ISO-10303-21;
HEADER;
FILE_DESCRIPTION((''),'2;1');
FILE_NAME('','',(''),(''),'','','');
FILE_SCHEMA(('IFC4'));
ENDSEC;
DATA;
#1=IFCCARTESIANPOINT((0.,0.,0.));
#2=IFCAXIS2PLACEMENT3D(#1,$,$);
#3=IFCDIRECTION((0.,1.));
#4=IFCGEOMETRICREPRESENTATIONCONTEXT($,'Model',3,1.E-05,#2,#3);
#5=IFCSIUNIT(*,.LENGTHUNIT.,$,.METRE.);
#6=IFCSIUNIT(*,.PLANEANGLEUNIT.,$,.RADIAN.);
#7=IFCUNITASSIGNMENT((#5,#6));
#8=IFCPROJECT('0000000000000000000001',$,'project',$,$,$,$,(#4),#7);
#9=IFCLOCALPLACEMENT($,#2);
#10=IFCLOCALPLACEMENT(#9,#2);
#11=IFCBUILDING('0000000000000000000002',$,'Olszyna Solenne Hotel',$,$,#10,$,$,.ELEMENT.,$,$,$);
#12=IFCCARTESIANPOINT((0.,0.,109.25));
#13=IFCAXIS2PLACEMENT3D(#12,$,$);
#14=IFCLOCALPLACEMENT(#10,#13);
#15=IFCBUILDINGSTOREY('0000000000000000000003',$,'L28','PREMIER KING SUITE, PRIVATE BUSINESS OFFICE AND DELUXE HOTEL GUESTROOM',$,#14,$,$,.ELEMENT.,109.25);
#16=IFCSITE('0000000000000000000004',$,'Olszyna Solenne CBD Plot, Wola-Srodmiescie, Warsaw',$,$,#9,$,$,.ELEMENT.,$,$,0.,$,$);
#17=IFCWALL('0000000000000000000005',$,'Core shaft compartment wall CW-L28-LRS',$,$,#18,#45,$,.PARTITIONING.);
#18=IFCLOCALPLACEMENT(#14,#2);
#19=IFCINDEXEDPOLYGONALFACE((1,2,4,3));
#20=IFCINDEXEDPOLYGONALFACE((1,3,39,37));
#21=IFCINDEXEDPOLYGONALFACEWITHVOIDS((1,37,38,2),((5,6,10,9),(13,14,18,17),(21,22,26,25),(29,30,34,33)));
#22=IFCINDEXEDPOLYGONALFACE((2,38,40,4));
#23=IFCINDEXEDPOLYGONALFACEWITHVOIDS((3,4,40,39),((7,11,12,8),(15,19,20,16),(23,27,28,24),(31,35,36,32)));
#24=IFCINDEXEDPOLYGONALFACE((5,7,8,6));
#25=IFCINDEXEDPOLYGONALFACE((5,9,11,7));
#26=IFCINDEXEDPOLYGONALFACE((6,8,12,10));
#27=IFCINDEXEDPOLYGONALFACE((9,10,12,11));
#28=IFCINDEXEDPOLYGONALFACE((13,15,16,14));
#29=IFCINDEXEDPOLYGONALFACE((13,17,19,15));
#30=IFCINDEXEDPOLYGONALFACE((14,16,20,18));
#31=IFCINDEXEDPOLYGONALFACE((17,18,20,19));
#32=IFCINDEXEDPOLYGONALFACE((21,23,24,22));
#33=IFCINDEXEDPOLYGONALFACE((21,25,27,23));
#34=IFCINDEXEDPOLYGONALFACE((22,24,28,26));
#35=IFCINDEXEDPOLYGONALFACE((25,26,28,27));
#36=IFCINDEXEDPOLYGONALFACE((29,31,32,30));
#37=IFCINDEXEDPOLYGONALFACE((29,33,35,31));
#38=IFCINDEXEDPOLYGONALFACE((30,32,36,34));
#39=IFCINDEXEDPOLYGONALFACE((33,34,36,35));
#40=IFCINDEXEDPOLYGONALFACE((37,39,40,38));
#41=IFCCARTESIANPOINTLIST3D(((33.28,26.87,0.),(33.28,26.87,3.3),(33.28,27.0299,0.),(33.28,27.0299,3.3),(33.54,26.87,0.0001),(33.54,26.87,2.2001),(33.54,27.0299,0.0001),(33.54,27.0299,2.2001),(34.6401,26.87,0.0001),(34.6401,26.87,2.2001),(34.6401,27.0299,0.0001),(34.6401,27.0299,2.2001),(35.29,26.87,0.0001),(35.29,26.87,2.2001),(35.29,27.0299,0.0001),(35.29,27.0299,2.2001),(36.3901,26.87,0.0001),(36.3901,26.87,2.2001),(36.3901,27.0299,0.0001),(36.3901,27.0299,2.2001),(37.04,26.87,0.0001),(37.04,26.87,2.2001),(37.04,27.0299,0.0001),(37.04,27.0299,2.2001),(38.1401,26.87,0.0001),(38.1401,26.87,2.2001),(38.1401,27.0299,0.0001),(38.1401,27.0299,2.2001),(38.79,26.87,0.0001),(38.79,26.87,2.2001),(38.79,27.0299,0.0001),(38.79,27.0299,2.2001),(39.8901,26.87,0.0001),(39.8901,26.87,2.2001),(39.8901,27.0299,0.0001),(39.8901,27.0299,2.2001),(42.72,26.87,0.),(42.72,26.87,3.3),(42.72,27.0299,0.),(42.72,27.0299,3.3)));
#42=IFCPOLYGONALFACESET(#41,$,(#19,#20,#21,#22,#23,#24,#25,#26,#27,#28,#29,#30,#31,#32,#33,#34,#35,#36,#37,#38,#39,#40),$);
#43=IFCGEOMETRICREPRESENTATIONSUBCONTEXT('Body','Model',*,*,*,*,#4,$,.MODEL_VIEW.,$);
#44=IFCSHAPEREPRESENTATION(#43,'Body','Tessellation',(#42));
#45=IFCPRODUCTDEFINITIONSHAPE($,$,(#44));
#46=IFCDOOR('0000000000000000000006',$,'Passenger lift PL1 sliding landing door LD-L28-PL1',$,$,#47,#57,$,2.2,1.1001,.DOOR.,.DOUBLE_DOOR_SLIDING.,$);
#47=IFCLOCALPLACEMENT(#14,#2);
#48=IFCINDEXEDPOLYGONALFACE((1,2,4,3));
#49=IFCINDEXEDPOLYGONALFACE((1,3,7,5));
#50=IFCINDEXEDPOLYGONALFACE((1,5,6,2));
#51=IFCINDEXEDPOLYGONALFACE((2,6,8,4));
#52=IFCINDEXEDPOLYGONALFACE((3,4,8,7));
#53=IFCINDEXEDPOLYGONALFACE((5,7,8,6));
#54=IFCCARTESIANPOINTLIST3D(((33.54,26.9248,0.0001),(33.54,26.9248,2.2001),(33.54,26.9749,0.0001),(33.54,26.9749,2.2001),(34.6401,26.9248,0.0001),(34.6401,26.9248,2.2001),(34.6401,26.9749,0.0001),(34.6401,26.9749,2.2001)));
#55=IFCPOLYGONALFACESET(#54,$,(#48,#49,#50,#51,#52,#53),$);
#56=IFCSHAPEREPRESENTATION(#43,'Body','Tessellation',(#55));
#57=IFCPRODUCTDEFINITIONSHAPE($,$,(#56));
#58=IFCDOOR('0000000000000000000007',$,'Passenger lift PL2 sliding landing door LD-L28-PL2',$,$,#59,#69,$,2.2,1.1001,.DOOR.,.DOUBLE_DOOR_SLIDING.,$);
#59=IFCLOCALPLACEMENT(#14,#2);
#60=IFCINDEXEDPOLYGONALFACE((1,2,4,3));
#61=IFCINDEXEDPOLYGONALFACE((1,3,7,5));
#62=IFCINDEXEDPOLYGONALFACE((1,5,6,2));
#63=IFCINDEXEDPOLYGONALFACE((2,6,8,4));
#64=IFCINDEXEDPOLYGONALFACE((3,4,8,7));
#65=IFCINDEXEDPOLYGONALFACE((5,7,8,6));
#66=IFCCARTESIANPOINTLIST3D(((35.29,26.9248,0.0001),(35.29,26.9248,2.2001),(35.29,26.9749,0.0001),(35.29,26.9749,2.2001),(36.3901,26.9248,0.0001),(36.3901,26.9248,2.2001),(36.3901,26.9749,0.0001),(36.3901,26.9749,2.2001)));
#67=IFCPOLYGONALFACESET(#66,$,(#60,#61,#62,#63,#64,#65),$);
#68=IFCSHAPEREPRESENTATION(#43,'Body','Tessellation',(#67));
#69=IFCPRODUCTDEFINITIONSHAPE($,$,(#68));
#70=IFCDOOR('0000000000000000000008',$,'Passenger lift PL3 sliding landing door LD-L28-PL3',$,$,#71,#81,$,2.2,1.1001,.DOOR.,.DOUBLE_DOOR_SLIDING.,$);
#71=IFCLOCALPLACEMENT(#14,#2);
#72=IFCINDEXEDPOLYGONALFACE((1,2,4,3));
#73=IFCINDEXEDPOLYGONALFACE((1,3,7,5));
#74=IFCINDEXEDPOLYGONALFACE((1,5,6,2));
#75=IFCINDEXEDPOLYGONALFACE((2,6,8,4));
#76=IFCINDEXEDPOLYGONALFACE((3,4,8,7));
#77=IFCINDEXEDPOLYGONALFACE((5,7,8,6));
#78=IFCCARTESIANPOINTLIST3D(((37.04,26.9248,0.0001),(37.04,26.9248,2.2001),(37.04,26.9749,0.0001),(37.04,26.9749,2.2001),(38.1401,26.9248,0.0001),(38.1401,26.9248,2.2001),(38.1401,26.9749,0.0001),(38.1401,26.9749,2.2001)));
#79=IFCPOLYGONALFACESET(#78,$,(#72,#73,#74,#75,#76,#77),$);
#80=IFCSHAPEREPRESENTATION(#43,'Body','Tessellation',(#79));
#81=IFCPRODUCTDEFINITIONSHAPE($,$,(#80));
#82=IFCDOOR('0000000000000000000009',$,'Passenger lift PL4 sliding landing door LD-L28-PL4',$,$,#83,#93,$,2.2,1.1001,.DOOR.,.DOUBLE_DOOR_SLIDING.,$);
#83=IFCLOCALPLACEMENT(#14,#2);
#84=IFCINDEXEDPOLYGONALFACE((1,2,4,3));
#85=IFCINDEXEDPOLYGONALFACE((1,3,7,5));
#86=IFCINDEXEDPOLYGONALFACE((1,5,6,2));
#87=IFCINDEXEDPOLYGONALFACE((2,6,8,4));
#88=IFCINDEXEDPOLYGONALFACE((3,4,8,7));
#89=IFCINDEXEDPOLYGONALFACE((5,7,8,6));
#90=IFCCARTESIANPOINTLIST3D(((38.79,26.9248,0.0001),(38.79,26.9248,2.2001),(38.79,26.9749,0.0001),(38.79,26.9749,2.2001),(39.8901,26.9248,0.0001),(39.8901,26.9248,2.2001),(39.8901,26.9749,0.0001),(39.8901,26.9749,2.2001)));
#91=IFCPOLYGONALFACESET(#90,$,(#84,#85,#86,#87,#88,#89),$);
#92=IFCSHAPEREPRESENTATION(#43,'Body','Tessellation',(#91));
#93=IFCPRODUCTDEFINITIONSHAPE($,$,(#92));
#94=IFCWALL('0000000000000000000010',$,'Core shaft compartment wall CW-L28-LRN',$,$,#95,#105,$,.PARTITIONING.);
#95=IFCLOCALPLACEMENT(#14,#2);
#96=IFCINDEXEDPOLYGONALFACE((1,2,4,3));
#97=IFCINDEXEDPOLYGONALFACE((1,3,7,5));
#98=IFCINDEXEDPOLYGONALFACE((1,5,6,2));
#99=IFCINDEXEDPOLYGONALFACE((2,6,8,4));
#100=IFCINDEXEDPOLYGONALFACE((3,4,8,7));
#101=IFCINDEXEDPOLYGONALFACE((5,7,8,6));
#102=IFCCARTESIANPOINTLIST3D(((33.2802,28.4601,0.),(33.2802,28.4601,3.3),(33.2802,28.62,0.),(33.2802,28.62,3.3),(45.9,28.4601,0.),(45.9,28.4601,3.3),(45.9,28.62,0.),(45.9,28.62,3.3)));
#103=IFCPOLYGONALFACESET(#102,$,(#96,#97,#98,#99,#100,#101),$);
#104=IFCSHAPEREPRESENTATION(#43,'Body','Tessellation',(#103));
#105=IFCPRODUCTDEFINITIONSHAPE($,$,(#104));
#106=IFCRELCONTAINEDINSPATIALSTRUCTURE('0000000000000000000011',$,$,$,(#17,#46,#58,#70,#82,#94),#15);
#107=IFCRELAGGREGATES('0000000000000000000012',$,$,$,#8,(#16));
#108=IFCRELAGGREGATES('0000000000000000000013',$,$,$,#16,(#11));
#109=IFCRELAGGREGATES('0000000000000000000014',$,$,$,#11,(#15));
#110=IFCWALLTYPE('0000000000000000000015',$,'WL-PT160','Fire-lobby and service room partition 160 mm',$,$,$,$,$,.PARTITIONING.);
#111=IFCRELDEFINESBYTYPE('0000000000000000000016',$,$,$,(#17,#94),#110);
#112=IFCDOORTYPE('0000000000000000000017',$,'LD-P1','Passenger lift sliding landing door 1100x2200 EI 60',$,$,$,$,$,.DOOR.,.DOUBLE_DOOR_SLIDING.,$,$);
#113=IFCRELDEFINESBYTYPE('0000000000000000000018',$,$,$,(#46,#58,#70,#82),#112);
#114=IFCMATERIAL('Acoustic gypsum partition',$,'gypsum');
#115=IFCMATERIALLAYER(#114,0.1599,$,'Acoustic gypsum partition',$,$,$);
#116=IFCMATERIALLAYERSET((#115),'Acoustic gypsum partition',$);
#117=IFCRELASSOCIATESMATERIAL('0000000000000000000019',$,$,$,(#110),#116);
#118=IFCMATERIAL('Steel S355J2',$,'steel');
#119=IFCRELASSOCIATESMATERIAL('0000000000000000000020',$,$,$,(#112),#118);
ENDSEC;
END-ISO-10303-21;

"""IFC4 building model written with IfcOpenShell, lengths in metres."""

from ifc_helpers import new_model, si_unit, direction, frame, frame_2d, origin, place, context, subcontext, project, spatial, rectangle, extrude, source, transform, mapped, material, layer, layer_set, type_object, type_shapes, element, fill, save


model = new_model("IFC4")

# Units and contexts
model_context = context("Model", 3, precision=1e-05, world=origin(), true_north=direction((0.0, 1.0)))
body_context = subcontext(model_context, "Body", "Model", "MODEL_VIEW")
ifc_project = project(units=[si_unit("LENGTHUNIT", "METRE"), si_unit("PLANEANGLEUNIT", "RADIAN")], contexts=[model_context])

# Site, building, storey
site_placement = place(None, origin())
site = spatial("IfcSite", under=ifc_project, at=site_placement, Name="Olszyna Solenne CBD Plot, Wola-Srodmiescie, Warsaw", CompositionType="ELEMENT", RefElevation=0.0)
building_placement = place(site_placement, origin())
building = spatial("IfcBuilding", under=site, at=building_placement, Name="Olszyna Solenne Hotel", CompositionType="ELEMENT")
storey_placement = place(building_placement, frame((0.0, 0.0, 109.25)))
storey = spatial("IfcBuildingStorey", under=building, at=storey_placement, Name="L28", Description="PREMIER KING SUITE, PRIVATE BUSINESS OFFICE AND DELUXE HOTEL GUESTROOM", CompositionType="ELEMENT", Elevation=109.25)

# Shared definitions
ifc_material_1 = material(Name="Steel S355J2", Category="steel")

# Shared definitions
ifc_material_2 = material(Name="Acoustic gypsum partition", Category="gypsum")

# Shared definitions
ifc_layer_1 = layer(ifc_material_2, 0.1599, Name="Acoustic gypsum partition")
ifc_layer_set_1 = layer_set([ifc_layer_1], Name="Acoustic gypsum partition")
wall_type_1 = type_object("IfcWallType", Name="WL-PT160", Description="Fire-lobby and service room partition 160 mm", PredefinedType="PARTITIONING", material=ifc_layer_set_1)

# Wall, openings, doors
wall_1_placement = place(storey_placement, frame((33.28, 26.95, 0.0), z_axis=(0.0, 0.0, 1.0), x_axis=(1.0, 0.0, 0.0)))
wall_1 = element("IfcWall", 1, at=wall_1_placement, inside=storey, type_object=wall_type_1, Name="Core shaft compartment wall CW-L28-LRS", PredefinedType="PARTITIONING", context=body_context, shape_type="SweptSolid", body=[
    extrude(rectangle(XDim=9.4399, YDim=0.1599, at=frame_2d((4.72, 0.0))), origin(), (0.0, 0.0, 1.0), 3.3),
])
opening_1_placement = place(wall_1_placement, frame((0.26, 0.0, 0.0)))
opening_1 = element("IfcOpeningElement", 2, at=opening_1_placement, cuts=wall_1, PredefinedType="OPENING", context=body_context, shape_type="SweptSolid", body=[
    extrude(rectangle(XDim=1.1001, YDim=2.2, at=frame_2d((0.55, 1.1001))), frame((0.0, 0.0898, 0.0), z_axis=(0.0, -1.0, 0.0), x_axis=(1.0, 0.0, 0.0)), (0.0, 0.0, 1.0), 0.1799),
])
opening_2_placement = place(wall_1_placement, frame((2.01, 0.0, 0.0)))
opening_2 = element("IfcOpeningElement", 3, at=opening_2_placement, cuts=wall_1, PredefinedType="OPENING", context=body_context, shape_type="SweptSolid", body=[
    extrude(rectangle(XDim=1.1001, YDim=2.2, at=frame_2d((0.55, 1.1001))), frame((0.0, 0.0898, 0.0), z_axis=(0.0, -1.0, 0.0), x_axis=(1.0, 0.0, 0.0)), (0.0, 0.0, 1.0), 0.1799),
])
opening_3_placement = place(wall_1_placement, frame((3.76, 0.0, 0.0)))
opening_3 = element("IfcOpeningElement", 4, at=opening_3_placement, cuts=wall_1, PredefinedType="OPENING", context=body_context, shape_type="SweptSolid", body=[
    extrude(rectangle(XDim=1.1001, YDim=2.2, at=frame_2d((0.55, 1.1001))), frame((0.0, 0.0898, 0.0), z_axis=(0.0, -1.0, 0.0), x_axis=(1.0, 0.0, 0.0)), (0.0, 0.0, 1.0), 0.1799),
])
opening_4_placement = place(wall_1_placement, frame((5.51, 0.0, 0.0)))
opening_4 = element("IfcOpeningElement", 5, at=opening_4_placement, cuts=wall_1, PredefinedType="OPENING", context=body_context, shape_type="SweptSolid", body=[
    extrude(rectangle(XDim=1.1001, YDim=2.2, at=frame_2d((0.55, 1.1001))), frame((0.0, 0.0898, 0.0), z_axis=(0.0, -1.0, 0.0), x_axis=(1.0, 0.0, 0.0)), (0.0, 0.0, 1.0), 0.1799),
])
door_type_1 = type_object("IfcDoorType", Name="LD-P1", Description="Passenger lift sliding landing door 1100x2200 EI 60", OperationType="DOUBLE_DOOR_SLIDING", PredefinedType="DOOR", material=ifc_material_1)
shared_shape_1 = source(origin(), body_context, "Body", "SweptSolid", [
    extrude(rectangle(XDim=1.1001, YDim=2.2, at=frame_2d((0.55, 1.1001))), frame((0.0, 0.0249, 0.0), z_axis=(0.0, -1.0, 0.0), x_axis=(1.0, 0.0, 0.0)), (0.0, 0.0, 1.0), 0.05),
])
type_shapes(door_type_1, [shared_shape_1])
door_1_placement = place(opening_1_placement, origin())
door_1 = element("IfcDoor", 6, at=door_1_placement, inside=storey, type_object=door_type_1, Name="Passenger lift PL1 sliding landing door LD-L28-PL1", OperationType="DOUBLE_DOOR_SLIDING", OverallHeight=2.2, OverallWidth=1.1001, PredefinedType="DOOR", context=body_context, shape_type="MappedRepresentation", body=[
    mapped(shared_shape_1, transform((0.0, 0.0, 0.0), x_axis=(1.0, 0.0, 0.0), y_axis=(0.0, 1.0, 0.0), z_axis=(0.0, 0.0, 1.0), scale=1.0)),
])
fill(opening_1, door_1)
door_2_placement = place(opening_2_placement, origin())
door_2 = element("IfcDoor", 7, at=door_2_placement, inside=storey, type_object=door_type_1, Name="Passenger lift PL2 sliding landing door LD-L28-PL2", OperationType="DOUBLE_DOOR_SLIDING", OverallHeight=2.2, OverallWidth=1.1001, PredefinedType="DOOR", context=body_context, shape_type="MappedRepresentation", body=[
    mapped(shared_shape_1, transform((0.0, 0.0, 0.0), x_axis=(1.0, 0.0, 0.0), y_axis=(0.0, 1.0, 0.0), z_axis=(0.0, 0.0, 1.0), scale=1.0)),
])
fill(opening_2, door_2)
door_3_placement = place(opening_3_placement, origin())
door_3 = element("IfcDoor", 8, at=door_3_placement, inside=storey, type_object=door_type_1, Name="Passenger lift PL3 sliding landing door LD-L28-PL3", OperationType="DOUBLE_DOOR_SLIDING", OverallHeight=2.2, OverallWidth=1.1001, PredefinedType="DOOR", context=body_context, shape_type="MappedRepresentation", body=[
    mapped(shared_shape_1, transform((0.0, 0.0, 0.0), x_axis=(1.0, 0.0, 0.0), y_axis=(0.0, 1.0, 0.0), z_axis=(0.0, 0.0, 1.0), scale=1.0)),
])
fill(opening_3, door_3)
door_4_placement = place(opening_4_placement, origin())
door_4 = element("IfcDoor", 9, at=door_4_placement, inside=storey, type_object=door_type_1, Name="Passenger lift PL4 sliding landing door LD-L28-PL4", OperationType="DOUBLE_DOOR_SLIDING", OverallHeight=2.2, OverallWidth=1.1001, PredefinedType="DOOR", context=body_context, shape_type="MappedRepresentation", body=[
    mapped(shared_shape_1, transform((0.0, 0.0, 0.0), x_axis=(1.0, 0.0, 0.0), y_axis=(0.0, 1.0, 0.0), z_axis=(0.0, 0.0, 1.0), scale=1.0)),
])
fill(opening_4, door_4)

# Wall
wall_2_placement = place(storey_placement, frame((33.28, 28.54, 0.0), z_axis=(0.0, 0.0, 1.0), x_axis=(1.0, 0.0, 0.0)))
element("IfcWall", 10, at=wall_2_placement, inside=storey, type_object=wall_type_1, Name="Core shaft compartment wall CW-L28-LRN", PredefinedType="PARTITIONING", context=body_context, shape_type="SweptSolid", body=[
    extrude(rectangle(XDim=12.6199, YDim=0.1599, at=frame_2d((6.3101, 0.0))), origin(), (0.0, 0.0, 1.0), 3.3),
])

save(model, "model.ifc")
